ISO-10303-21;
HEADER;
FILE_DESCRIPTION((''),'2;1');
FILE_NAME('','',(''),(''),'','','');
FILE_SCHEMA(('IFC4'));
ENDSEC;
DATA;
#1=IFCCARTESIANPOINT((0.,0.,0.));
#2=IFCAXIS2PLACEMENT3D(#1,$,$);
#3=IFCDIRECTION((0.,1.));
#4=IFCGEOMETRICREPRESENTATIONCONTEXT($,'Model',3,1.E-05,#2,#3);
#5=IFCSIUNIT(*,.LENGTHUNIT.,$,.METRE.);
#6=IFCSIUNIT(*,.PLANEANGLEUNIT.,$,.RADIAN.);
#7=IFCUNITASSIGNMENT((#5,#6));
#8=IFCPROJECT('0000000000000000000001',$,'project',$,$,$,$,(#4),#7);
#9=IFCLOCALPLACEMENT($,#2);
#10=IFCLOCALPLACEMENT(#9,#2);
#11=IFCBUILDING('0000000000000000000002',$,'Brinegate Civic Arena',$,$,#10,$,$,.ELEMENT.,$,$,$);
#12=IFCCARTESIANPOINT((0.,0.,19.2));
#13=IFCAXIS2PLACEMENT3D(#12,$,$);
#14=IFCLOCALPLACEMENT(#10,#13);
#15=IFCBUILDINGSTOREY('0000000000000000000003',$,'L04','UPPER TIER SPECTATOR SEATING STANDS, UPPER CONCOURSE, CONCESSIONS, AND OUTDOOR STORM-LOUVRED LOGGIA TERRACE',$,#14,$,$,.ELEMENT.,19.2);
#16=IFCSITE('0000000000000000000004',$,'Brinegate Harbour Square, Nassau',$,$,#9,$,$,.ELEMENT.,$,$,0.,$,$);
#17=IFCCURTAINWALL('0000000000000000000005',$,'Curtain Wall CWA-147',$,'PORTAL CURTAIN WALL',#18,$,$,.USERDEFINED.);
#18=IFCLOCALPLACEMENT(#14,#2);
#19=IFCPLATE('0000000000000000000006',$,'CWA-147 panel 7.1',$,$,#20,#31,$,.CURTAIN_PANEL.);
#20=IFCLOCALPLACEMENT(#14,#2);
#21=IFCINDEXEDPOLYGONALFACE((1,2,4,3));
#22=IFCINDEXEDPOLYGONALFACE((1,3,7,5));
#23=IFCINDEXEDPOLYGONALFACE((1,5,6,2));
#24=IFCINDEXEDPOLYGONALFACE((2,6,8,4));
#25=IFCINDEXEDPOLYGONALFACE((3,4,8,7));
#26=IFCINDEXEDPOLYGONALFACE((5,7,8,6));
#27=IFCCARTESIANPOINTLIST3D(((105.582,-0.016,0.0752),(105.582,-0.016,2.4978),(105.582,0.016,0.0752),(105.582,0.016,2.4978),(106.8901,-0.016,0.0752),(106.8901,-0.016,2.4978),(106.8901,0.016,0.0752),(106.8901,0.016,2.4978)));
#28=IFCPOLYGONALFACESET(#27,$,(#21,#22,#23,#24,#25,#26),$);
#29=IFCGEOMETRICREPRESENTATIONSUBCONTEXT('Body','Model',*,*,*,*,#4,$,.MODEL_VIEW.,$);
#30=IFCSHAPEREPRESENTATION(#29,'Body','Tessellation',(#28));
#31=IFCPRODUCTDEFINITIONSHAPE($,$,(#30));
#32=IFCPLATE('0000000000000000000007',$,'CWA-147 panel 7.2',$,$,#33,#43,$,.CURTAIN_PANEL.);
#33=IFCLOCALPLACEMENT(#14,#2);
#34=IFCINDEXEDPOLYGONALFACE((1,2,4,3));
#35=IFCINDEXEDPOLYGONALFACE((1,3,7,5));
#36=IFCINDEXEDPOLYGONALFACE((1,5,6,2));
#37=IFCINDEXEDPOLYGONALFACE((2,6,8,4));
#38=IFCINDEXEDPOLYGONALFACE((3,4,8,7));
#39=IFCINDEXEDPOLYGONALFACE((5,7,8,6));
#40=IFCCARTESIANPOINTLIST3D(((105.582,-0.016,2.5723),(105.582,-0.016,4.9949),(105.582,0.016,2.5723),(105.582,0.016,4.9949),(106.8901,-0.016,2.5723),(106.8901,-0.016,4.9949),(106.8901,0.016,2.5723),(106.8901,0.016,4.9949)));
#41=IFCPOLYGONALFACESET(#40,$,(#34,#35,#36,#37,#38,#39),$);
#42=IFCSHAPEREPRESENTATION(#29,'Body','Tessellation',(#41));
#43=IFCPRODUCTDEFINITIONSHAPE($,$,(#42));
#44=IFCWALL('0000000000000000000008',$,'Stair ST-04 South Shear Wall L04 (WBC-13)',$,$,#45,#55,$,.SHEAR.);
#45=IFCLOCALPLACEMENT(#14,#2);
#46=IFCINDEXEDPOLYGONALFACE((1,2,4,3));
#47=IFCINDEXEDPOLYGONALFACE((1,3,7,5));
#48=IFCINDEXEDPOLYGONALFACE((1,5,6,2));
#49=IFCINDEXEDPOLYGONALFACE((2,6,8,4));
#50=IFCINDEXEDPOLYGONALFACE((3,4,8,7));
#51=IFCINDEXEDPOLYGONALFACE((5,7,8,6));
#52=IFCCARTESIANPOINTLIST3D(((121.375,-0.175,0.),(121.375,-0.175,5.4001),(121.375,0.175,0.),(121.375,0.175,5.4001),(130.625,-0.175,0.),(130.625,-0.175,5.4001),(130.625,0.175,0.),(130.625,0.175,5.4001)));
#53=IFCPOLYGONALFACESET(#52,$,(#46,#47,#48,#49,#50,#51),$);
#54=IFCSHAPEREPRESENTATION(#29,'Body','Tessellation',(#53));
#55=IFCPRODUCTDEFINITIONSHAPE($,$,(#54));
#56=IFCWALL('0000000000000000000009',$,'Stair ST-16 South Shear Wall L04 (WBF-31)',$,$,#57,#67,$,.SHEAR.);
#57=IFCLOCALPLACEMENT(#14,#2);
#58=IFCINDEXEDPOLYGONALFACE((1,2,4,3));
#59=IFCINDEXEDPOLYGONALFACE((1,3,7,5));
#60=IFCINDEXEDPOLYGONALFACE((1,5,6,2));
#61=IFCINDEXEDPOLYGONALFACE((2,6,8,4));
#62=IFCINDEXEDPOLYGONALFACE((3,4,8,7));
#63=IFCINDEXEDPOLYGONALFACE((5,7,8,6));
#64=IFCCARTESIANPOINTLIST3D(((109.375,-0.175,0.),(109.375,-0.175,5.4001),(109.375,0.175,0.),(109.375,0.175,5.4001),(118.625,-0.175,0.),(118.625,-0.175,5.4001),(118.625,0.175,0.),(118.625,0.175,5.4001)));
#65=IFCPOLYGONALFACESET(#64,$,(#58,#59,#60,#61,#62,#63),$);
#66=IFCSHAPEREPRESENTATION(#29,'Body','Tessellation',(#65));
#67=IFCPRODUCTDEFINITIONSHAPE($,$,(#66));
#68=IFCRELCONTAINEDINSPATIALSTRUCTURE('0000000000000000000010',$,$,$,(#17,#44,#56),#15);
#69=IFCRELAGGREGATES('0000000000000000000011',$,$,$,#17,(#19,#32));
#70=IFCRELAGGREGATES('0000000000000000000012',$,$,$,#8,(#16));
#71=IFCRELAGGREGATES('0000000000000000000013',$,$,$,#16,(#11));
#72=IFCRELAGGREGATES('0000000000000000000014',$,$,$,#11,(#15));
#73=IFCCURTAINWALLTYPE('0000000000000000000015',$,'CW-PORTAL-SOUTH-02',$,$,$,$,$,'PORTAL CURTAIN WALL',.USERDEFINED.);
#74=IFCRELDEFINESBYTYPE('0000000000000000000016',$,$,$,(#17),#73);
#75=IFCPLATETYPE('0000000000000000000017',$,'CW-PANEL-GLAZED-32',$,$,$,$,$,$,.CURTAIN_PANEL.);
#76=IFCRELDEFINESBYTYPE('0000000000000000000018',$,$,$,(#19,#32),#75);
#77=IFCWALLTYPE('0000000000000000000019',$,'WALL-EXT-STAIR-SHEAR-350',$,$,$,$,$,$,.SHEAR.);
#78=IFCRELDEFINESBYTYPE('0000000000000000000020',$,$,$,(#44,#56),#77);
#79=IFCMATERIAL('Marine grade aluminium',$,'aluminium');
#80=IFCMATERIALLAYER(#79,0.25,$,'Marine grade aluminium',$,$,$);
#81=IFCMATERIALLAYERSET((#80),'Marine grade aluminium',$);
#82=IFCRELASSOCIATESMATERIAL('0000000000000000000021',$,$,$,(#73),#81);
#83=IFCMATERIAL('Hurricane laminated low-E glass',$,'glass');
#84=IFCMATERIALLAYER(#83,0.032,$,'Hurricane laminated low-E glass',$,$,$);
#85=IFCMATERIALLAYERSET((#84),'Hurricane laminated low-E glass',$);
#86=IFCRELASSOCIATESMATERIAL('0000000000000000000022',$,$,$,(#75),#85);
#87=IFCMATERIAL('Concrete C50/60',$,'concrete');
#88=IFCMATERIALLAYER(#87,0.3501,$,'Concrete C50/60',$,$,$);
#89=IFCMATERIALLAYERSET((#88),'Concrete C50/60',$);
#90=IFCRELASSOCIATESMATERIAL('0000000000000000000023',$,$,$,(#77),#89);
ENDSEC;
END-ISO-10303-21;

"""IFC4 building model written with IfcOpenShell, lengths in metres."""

from ifc_helpers import new_model, si_unit, direction, frame, frame_2d, origin, origin_2d, place, context, subcontext, project, spatial, rectangle, extrude, material, layer, layer_set, type_object, element, aggregate, save


model = new_model("IFC4")

# Units and contexts
model_context = context("Model", 3, precision=1e-05, world=origin(), true_north=direction((0.0, 1.0)))
body_context = subcontext(model_context, "Body", "Model", "MODEL_VIEW")
ifc_project = project(units=[si_unit("LENGTHUNIT", "METRE"), si_unit("PLANEANGLEUNIT", "RADIAN")], contexts=[model_context])

# Site, building, storey
site_placement = place(None, origin())
site = spatial("IfcSite", under=ifc_project, at=site_placement, Name="Brinegate Harbour Square, Nassau", CompositionType="ELEMENT", RefElevation=0.0)
building_placement = place(site_placement, origin())
building = spatial("IfcBuilding", under=site, at=building_placement, Name="Brinegate Civic Arena", CompositionType="ELEMENT")
storey_placement = place(building_placement, frame((0.0, 0.0, 19.2)))
storey = spatial("IfcBuildingStorey", under=building, at=storey_placement, Name="L04", Description="UPPER TIER SPECTATOR SEATING STANDS, UPPER CONCOURSE, CONCESSIONS, AND OUTDOOR STORM-LOUVRED LOGGIA TERRACE", CompositionType="ELEMENT", Elevation=19.2)

# Shared definitions
ifc_material_1 = material(Name="Concrete C50/60", Category="concrete")

# Curtain wall
ifc_material_2 = material(Name="Marine grade aluminium", Category="aluminium")
ifc_layer_1 = layer(ifc_material_2, 0.25, Name="Marine grade aluminium")
ifc_layer_set_1 = layer_set([ifc_layer_1], Name="Marine grade aluminium")
curtain_wall_type = type_object("IfcCurtainWallType", Name="CW-PORTAL-SOUTH-02", ElementType="PORTAL CURTAIN WALL", PredefinedType="USERDEFINED", material=ifc_layer_set_1)
curtain_wall_placement = place(storey_placement, origin())
curtain_wall = element("IfcCurtainWall", 1, at=curtain_wall_placement, inside=storey, type_object=curtain_wall_type, Name="Curtain Wall CWA-147", ObjectType="PORTAL CURTAIN WALL", PredefinedType="USERDEFINED")

# Plates
ifc_material_3 = material(Name="Hurricane laminated low-E glass", Category="glass")
ifc_layer_2 = layer(ifc_material_3, 0.032, Name="Hurricane laminated low-E glass")
ifc_layer_set_2 = layer_set([ifc_layer_2], Name="Hurricane laminated low-E glass")
plate_type = type_object("IfcPlateType", Name="CW-PANEL-GLAZED-32", PredefinedType="CURTAIN_PANEL", material=ifc_layer_set_2)
plate_1_placement = place(storey_placement, frame((106.2361, 0.0, 0.0752), z_axis=(0.0, 0.0, 1.0), x_axis=(1.0, 0.0, 0.0)))
plate_1 = element("IfcPlate", 2, at=plate_1_placement, type_object=plate_type, Name="CWA-147 panel 7.1", PredefinedType="CURTAIN_PANEL", context=body_context, shape_type="SweptSolid", body=[
    extrude(rectangle(XDim=1.3081, YDim=0.032, at=origin_2d()), origin(), (0.0, 0.0, 1.0), 2.4226),
])
plate_2_placement = place(storey_placement, frame((106.2361, 0.0, 2.5723), z_axis=(0.0, 0.0, 1.0), x_axis=(1.0, 0.0, 0.0)))
plate_2 = element("IfcPlate", 3, at=plate_2_placement, type_object=plate_type, Name="CWA-147 panel 7.2", PredefinedType="CURTAIN_PANEL", context=body_context, shape_type="SweptSolid", body=[
    extrude(rectangle(XDim=1.3081, YDim=0.032, at=origin_2d()), origin(), (0.0, 0.0, 1.0), 2.4226),
])
aggregate(curtain_wall, [plate_1, plate_2])

# Walls
ifc_layer_3 = layer(ifc_material_1, 0.3501, Name="Concrete C50/60")
ifc_layer_set_3 = layer_set([ifc_layer_3], Name="Concrete C50/60")
wall_type = type_object("IfcWallType", Name="WALL-EXT-STAIR-SHEAR-350", PredefinedType="SHEAR", material=ifc_layer_set_3)
for number, where, z_axis, x_axis, name in (
    (4, (121.375, 0.0, 0.0), (0.0, 0.0, 1.0), (1.0, 0.0, 0.0), "Stair ST-04 South Shear Wall L04 (WBC-13)"),
    (5, (109.375, 0.0, 0.0), (0.0, 0.0, 1.0), (1.0, 0.0, 0.0), "Stair ST-16 South Shear Wall L04 (WBF-31)"),
):
    element("IfcWall", number, at=place(storey_placement, frame(where, z_axis=z_axis, x_axis=x_axis)), inside=storey, type_object=wall_type, Name=name, PredefinedType="SHEAR", context=body_context, shape_type="SweptSolid", body=[
        extrude(rectangle(XDim=9.25, YDim=0.3501, at=frame_2d((4.625, 0.0))), origin(), (0.0, 0.0, 1.0), 5.4001),
    ])

save(model, "model.ifc")
